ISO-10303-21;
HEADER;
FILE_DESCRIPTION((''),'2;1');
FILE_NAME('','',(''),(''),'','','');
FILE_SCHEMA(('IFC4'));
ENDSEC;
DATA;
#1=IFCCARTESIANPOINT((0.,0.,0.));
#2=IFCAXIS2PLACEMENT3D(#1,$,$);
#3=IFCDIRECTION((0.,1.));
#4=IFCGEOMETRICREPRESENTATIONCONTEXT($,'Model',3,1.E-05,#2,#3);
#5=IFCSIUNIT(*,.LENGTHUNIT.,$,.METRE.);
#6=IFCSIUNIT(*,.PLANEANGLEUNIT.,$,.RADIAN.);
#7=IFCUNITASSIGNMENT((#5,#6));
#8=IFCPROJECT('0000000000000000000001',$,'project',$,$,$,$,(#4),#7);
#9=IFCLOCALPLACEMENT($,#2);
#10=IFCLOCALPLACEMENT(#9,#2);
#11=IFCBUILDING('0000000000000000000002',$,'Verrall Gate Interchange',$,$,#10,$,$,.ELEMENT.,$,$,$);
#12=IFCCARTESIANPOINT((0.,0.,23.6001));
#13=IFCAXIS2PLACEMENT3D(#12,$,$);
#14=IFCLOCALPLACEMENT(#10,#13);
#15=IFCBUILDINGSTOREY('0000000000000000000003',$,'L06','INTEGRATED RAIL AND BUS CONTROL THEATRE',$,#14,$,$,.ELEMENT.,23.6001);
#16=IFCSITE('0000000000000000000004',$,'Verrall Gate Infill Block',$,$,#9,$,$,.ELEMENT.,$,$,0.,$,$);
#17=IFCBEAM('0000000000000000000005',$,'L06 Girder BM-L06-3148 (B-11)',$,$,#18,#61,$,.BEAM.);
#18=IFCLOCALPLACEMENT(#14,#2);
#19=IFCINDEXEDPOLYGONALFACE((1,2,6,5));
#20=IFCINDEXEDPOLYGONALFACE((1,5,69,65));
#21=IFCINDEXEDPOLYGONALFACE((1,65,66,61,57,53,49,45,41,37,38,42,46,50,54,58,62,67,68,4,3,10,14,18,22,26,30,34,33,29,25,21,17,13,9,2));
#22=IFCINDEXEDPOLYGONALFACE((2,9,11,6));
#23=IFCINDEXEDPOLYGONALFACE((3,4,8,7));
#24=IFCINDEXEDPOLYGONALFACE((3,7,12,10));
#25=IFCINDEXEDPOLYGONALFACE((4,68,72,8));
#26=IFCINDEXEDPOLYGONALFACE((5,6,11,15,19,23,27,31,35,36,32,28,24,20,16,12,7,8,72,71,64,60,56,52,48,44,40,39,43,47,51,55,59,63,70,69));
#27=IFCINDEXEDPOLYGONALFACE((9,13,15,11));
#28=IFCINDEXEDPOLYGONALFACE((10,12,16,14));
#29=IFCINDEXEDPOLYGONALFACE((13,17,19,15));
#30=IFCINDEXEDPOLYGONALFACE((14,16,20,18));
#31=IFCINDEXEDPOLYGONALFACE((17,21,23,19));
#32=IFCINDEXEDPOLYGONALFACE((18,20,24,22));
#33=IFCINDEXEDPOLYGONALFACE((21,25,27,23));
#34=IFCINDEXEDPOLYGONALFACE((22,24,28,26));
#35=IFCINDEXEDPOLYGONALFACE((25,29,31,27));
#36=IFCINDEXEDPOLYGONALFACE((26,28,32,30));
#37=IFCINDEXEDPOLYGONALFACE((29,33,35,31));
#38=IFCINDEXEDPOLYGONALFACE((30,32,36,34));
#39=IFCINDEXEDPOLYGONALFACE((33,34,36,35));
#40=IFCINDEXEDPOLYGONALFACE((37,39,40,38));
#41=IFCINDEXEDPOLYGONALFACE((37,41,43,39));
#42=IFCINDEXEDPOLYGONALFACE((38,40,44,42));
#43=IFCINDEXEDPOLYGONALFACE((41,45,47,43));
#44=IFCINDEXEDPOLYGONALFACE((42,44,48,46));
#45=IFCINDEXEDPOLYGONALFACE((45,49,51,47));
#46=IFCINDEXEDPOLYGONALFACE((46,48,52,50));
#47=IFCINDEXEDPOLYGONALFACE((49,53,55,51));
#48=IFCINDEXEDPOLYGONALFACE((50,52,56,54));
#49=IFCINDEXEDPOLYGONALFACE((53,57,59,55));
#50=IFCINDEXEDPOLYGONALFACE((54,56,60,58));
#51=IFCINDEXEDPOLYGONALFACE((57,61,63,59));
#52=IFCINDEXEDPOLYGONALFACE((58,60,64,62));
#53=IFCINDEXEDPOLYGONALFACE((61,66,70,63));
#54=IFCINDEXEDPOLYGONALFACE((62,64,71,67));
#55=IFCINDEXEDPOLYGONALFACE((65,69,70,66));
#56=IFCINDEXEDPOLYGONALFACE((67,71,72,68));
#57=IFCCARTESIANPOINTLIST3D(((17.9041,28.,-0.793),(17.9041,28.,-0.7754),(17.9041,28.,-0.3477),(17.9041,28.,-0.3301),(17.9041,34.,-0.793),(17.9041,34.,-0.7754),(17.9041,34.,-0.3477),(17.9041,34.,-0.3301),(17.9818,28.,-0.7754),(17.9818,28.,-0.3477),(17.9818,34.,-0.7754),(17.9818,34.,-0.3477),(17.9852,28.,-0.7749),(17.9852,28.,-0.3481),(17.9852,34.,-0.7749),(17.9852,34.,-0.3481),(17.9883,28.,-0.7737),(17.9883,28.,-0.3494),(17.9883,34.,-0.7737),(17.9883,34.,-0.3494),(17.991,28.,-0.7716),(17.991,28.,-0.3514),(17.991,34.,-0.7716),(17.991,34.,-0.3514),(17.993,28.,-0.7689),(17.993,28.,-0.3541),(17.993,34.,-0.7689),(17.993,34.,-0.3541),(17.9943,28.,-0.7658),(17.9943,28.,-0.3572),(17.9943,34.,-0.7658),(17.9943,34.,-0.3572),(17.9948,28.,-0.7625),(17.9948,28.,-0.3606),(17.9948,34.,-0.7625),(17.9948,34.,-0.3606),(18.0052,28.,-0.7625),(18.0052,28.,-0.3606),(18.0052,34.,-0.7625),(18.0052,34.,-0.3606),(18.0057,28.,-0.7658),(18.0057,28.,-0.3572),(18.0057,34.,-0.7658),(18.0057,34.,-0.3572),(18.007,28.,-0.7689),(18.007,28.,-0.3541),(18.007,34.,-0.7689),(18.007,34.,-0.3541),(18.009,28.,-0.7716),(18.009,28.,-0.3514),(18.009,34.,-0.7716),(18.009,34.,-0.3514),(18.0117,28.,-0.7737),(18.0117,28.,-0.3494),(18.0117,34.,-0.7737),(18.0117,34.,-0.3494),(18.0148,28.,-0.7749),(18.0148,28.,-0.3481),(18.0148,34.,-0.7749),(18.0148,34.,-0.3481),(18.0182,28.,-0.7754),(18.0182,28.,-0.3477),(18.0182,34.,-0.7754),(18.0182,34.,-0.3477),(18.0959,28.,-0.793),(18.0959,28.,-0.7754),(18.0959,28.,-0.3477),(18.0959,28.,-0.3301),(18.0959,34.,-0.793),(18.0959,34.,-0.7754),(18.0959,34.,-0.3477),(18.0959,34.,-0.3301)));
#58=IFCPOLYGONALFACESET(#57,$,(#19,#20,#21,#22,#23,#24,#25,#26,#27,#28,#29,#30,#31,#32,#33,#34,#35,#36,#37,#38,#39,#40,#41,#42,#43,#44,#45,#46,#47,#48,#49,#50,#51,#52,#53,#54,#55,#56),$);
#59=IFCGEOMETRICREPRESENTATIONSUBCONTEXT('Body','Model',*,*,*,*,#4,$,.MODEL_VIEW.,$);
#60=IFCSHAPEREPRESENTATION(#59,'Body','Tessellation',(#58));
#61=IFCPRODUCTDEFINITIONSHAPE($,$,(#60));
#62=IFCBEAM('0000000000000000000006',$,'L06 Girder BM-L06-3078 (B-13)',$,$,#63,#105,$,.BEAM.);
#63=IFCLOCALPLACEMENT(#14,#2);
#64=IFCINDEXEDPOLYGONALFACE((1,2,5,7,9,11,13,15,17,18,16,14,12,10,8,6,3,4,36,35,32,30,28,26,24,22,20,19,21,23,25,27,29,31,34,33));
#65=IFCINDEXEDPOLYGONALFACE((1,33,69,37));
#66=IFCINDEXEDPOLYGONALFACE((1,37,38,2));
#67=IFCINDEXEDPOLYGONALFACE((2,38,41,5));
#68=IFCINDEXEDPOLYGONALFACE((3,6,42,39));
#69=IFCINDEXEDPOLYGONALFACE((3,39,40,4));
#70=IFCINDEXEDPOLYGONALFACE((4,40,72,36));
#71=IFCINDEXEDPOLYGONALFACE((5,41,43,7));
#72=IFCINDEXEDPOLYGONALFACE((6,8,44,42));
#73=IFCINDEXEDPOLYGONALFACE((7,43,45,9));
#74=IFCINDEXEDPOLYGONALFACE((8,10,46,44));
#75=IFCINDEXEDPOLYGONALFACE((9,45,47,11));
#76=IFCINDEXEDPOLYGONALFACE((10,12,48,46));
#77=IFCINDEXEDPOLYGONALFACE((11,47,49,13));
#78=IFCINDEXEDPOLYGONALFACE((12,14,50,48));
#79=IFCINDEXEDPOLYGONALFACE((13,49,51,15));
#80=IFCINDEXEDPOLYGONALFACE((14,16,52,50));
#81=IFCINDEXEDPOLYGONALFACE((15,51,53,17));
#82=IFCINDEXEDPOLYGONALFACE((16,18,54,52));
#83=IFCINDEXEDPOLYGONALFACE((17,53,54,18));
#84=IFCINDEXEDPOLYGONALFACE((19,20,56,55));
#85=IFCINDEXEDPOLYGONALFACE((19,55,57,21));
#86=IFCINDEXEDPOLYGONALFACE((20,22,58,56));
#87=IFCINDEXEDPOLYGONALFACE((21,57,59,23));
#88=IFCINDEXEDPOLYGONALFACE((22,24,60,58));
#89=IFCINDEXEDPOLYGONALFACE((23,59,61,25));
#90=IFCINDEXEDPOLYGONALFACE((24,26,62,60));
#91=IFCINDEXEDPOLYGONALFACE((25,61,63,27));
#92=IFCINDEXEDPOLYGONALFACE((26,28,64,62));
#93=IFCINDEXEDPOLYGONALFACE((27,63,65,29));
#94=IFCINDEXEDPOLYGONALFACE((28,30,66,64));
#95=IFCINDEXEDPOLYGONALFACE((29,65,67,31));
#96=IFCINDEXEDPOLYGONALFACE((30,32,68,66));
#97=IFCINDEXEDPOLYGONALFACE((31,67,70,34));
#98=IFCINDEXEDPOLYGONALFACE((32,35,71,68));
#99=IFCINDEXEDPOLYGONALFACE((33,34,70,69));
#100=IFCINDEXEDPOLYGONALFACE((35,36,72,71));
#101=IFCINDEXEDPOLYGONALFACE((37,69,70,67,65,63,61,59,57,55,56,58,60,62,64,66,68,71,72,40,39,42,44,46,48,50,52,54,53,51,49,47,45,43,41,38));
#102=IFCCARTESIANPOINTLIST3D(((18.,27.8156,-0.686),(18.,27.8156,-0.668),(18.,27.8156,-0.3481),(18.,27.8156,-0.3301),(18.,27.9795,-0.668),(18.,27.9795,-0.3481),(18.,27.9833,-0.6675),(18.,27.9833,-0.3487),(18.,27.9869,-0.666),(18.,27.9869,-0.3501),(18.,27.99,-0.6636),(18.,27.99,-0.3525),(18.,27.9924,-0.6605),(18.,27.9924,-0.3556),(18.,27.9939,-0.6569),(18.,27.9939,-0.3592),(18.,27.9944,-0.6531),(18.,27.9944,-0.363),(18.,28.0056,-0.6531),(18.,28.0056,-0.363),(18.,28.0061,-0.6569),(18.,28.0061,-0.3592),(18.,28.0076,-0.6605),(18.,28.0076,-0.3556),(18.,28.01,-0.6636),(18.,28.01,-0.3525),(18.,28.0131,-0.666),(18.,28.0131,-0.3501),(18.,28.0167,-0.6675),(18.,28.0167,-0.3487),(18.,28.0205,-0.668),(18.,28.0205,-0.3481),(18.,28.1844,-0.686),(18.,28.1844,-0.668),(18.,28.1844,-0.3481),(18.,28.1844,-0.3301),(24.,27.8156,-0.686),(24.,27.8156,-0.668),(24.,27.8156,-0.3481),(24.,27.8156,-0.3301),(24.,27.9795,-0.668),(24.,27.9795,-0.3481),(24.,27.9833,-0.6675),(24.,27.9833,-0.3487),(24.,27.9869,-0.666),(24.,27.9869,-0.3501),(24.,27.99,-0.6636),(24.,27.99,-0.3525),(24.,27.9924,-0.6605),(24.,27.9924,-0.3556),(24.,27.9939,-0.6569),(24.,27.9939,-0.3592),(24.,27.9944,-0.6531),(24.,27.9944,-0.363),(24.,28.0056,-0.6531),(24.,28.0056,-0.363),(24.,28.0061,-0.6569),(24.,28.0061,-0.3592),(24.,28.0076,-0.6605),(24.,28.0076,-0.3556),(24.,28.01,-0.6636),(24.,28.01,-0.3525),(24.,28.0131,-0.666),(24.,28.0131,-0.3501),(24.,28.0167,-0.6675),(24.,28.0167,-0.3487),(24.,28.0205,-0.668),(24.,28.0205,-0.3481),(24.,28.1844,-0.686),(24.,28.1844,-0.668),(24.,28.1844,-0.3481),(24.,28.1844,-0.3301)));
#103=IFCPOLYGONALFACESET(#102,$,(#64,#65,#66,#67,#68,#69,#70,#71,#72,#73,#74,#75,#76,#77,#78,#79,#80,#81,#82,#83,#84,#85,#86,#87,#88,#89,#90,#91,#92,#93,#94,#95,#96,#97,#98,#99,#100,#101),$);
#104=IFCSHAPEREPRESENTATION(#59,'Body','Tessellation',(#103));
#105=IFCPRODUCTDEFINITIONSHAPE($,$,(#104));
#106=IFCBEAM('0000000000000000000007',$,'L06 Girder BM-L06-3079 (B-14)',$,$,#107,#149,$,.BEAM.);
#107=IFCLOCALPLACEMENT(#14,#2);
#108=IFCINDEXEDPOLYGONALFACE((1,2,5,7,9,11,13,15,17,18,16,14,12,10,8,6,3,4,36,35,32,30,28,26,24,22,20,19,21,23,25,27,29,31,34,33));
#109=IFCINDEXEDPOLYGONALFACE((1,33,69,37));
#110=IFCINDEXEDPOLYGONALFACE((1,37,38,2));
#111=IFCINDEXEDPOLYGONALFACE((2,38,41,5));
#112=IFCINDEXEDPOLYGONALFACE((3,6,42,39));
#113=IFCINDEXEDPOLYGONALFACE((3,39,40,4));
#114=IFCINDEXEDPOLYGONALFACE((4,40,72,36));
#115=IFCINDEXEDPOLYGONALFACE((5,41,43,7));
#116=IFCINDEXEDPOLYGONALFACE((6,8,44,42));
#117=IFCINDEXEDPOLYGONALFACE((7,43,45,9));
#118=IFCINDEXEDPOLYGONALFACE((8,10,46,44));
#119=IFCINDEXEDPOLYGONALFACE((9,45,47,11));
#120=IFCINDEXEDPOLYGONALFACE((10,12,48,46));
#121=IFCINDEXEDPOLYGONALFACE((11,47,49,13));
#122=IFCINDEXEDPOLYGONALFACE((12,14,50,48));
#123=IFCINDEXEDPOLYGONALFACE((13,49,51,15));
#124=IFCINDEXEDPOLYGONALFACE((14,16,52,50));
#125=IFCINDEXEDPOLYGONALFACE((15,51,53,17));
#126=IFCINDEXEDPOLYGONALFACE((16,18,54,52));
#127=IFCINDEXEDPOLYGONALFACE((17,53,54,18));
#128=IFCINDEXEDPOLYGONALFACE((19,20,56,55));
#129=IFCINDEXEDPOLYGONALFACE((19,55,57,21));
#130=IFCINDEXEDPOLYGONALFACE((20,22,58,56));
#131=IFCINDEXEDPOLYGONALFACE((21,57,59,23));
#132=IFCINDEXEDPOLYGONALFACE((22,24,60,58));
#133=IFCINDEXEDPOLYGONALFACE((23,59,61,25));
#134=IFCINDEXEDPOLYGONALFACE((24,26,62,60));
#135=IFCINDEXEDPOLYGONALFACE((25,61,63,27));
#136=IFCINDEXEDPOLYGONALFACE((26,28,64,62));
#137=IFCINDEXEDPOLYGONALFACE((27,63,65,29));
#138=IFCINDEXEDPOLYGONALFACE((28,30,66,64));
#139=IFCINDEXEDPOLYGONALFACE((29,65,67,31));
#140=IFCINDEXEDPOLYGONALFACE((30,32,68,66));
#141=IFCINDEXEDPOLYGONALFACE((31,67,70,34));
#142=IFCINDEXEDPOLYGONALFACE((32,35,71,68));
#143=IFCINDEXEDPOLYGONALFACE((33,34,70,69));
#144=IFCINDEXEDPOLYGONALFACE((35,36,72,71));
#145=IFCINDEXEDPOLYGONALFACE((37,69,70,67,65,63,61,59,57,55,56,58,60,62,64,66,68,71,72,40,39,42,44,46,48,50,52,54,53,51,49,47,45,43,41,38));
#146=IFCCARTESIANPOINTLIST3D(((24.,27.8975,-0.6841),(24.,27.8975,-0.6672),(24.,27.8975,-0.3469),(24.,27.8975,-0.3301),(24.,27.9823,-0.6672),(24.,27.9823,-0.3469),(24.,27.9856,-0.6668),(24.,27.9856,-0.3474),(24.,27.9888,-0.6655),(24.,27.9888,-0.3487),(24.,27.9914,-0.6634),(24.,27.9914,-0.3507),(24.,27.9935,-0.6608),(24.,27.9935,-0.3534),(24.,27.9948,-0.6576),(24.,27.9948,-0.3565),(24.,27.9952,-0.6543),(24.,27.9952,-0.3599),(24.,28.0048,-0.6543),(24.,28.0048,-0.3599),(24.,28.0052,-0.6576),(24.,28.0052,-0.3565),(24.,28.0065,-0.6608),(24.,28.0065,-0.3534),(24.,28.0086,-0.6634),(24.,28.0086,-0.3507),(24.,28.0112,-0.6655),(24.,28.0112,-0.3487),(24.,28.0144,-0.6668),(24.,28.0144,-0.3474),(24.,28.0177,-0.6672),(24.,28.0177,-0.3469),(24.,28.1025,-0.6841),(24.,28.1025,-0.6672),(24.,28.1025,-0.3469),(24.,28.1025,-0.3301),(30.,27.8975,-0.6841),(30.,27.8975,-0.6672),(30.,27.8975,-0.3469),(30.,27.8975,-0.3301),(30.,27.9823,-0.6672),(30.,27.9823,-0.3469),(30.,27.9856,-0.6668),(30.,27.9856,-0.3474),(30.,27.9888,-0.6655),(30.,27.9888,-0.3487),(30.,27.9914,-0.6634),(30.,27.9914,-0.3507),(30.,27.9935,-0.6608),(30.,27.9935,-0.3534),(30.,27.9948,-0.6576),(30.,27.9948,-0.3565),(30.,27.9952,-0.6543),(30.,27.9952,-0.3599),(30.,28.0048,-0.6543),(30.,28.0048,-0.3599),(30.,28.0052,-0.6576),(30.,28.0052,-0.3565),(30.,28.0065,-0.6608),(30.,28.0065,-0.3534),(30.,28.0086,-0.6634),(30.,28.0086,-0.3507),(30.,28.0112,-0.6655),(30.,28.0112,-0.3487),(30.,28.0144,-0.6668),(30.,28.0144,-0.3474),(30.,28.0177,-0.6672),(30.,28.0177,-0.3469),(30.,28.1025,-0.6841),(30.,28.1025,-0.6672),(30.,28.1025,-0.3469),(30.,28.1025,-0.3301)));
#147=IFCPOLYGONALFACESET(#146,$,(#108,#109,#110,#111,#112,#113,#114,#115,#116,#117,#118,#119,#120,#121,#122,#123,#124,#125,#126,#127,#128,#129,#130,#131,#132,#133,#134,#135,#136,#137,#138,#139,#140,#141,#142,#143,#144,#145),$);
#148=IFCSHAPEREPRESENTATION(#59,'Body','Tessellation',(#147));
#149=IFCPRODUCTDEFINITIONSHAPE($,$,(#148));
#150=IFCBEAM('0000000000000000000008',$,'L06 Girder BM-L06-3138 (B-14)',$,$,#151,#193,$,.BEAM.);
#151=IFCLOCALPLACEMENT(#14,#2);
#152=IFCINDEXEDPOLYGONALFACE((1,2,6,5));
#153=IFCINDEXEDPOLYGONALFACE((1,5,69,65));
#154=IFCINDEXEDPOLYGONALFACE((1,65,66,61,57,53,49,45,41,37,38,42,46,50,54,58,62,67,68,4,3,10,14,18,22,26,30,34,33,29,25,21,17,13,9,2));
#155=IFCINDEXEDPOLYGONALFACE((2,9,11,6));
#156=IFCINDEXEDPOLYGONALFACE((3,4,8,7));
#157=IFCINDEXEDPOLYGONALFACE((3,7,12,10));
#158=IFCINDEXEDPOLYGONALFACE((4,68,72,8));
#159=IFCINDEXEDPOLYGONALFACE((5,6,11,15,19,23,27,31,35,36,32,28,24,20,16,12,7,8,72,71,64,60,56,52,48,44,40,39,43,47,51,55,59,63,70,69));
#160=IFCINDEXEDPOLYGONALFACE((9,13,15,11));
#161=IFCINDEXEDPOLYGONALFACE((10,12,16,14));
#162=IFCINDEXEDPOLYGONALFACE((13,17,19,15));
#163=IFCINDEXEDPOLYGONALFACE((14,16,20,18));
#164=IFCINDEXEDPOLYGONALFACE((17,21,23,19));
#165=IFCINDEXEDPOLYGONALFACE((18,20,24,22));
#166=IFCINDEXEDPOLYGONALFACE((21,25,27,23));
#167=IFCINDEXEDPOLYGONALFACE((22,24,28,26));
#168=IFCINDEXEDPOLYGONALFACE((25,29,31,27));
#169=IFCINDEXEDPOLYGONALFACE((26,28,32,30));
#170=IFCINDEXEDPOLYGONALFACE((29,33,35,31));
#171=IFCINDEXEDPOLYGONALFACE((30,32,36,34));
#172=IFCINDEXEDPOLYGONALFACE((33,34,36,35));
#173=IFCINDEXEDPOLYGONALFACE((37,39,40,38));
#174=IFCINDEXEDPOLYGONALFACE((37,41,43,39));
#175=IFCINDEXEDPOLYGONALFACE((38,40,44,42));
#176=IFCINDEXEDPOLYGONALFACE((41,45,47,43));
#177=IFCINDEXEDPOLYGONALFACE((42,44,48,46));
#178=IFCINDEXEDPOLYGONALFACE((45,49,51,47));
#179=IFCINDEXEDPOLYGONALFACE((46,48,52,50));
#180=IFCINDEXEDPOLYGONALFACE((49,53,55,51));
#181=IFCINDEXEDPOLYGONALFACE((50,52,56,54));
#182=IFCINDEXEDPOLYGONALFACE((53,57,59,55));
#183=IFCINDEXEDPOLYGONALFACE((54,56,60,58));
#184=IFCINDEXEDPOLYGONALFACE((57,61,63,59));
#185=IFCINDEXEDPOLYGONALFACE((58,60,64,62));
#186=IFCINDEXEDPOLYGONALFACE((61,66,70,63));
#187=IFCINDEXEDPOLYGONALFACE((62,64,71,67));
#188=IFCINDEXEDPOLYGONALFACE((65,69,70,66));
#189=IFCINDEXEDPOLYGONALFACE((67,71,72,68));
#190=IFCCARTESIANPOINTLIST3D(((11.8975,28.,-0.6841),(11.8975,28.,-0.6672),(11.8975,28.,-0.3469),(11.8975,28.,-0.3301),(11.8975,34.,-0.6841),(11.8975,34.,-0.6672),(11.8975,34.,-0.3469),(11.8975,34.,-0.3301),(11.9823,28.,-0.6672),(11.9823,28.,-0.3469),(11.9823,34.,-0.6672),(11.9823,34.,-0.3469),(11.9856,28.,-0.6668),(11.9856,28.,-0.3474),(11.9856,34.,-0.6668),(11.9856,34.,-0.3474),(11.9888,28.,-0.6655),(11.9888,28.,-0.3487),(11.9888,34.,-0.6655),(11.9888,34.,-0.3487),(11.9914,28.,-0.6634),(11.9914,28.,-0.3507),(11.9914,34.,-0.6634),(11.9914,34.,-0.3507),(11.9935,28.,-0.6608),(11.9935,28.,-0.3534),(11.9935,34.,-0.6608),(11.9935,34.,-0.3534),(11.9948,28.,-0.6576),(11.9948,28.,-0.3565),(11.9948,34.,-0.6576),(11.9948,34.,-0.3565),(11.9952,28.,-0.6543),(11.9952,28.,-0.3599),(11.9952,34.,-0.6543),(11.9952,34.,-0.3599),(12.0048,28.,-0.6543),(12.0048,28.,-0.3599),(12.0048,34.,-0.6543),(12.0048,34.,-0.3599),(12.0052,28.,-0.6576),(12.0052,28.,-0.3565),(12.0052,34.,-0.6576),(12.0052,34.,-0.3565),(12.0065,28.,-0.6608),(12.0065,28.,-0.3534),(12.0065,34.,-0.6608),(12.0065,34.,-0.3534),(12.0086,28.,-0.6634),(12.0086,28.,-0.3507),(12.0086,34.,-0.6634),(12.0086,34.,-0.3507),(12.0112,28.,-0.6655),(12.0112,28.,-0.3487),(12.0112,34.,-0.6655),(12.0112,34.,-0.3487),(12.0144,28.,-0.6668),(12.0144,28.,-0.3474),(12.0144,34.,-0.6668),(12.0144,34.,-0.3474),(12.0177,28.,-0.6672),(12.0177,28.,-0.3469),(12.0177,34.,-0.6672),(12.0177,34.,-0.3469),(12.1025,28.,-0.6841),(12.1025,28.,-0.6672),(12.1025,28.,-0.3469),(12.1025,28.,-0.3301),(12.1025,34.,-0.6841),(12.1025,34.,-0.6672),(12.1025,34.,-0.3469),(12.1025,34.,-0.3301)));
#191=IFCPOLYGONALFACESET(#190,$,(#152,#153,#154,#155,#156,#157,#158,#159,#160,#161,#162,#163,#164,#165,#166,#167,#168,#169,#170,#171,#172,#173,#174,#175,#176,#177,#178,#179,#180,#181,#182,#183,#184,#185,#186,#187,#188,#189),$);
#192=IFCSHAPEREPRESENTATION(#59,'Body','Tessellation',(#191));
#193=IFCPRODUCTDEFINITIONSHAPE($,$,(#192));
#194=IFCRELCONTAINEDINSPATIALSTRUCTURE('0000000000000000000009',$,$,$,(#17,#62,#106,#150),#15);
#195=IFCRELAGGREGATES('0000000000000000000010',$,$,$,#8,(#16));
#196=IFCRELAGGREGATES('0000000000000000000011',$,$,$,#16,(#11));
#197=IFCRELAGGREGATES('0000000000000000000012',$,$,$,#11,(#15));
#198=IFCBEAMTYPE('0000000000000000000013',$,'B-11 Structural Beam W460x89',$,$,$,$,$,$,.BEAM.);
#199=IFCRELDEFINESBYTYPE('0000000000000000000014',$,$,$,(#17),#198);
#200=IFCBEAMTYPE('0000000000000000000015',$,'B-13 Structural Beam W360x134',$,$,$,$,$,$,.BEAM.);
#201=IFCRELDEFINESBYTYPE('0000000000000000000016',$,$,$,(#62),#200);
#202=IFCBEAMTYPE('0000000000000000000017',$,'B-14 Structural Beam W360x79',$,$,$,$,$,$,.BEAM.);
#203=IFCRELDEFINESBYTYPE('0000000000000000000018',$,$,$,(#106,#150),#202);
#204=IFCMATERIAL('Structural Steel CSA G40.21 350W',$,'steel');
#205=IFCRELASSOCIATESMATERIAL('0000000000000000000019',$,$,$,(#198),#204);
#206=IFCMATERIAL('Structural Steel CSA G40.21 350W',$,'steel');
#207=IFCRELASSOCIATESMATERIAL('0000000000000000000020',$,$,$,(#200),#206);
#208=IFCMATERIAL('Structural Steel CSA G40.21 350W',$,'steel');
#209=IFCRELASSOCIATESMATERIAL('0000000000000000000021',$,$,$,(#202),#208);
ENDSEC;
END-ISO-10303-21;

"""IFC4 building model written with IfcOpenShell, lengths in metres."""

from ifc_helpers import new_model, si_unit, direction, frame, origin, origin_2d, place, context, subcontext, project, spatial, i_section, extrude, material, material_profile, profile_set, type_object, element, save


model = new_model("IFC4")

# Units and contexts
model_context = context("Model", 3, precision=1e-05, world=origin(), true_north=direction((0.0, 1.0)))
body_context = subcontext(model_context, "Body", "Model", "MODEL_VIEW")
ifc_project = project(units=[si_unit("LENGTHUNIT", "METRE"), si_unit("PLANEANGLEUNIT", "RADIAN")], contexts=[model_context])

# Site, building, storey
site_placement = place(None, origin())
site = spatial("IfcSite", under=ifc_project, at=site_placement, Name="Verrall Gate Infill Block", CompositionType="ELEMENT", RefElevation=0.0)
building_placement = place(site_placement, origin())
building = spatial("IfcBuilding", under=site, at=building_placement, Name="Verrall Gate Interchange", CompositionType="ELEMENT")
storey_placement = place(building_placement, frame((0.0, 0.0, 23.6001)))
storey = spatial("IfcBuildingStorey", under=building, at=storey_placement, Name="L06", Description="INTEGRATED RAIL AND BUS CONTROL THEATRE", CompositionType="ELEMENT", Elevation=23.6001)

# Beams
ifc_material_1 = material(Name="Structural Steel CSA G40.21 350W", Category="steel")
ifc_material_profile_1 = material_profile(ifc_material_1, i_section(OverallWidth=0.1919, OverallDepth=0.4629, WebThickness=0.0105, FlangeThickness=0.0176, FilletRadius=0.0129, at=origin_2d()), Name="W460x89")
ifc_profile_set_1 = profile_set([ifc_material_profile_1], Name="Structural Steel CSA G40.21 350W")
beam_type_1 = type_object("IfcBeamType", Name="B-11 Structural Beam W460x89", PredefinedType="BEAM", material=ifc_profile_set_1)
beam_1_placement = place(storey_placement, frame((18.0, 28.0, -0.5615), z_axis=(0.0, 1.0, 0.0), x_axis=(-1.0, 0.0, 0.0)))
element("IfcBeam", 1, at=beam_1_placement, inside=storey, type_object=beam_type_1, Name="L06 Girder BM-L06-3148 (B-11)", PredefinedType="BEAM", context=body_context, shape_type="SweptSolid", body=[
    extrude(i_section(OverallWidth=0.1919, OverallDepth=0.4629, WebThickness=0.0105, FlangeThickness=0.0176, FilletRadius=0.0129, at=origin_2d()), origin(), (0.0, 0.0, 1.0), 6.0),
])
ifc_material_2 = material(Name="Structural Steel CSA G40.21 350W", Category="steel")
ifc_material_profile_2 = material_profile(ifc_material_2, i_section(OverallWidth=0.3689, OverallDepth=0.356, WebThickness=0.0112, FlangeThickness=0.0181, FilletRadius=0.0149, at=origin_2d()), Name="W360x134")
ifc_profile_set_2 = profile_set([ifc_material_profile_2], Name="Structural Steel CSA G40.21 350W")
beam_type_2 = type_object("IfcBeamType", Name="B-13 Structural Beam W360x134", PredefinedType="BEAM", material=ifc_profile_set_2)
beam_2_placement = place(storey_placement, frame((18.0, 28.0, -0.5081), z_axis=(1.0, 0.0, 0.0), x_axis=(0.0, 1.0, 0.0)))
element("IfcBeam", 2, at=beam_2_placement, inside=storey, type_object=beam_type_2, Name="L06 Girder BM-L06-3078 (B-13)", PredefinedType="BEAM", context=body_context, shape_type="SweptSolid", body=[
    extrude(i_section(OverallWidth=0.3689, OverallDepth=0.356, WebThickness=0.0112, FlangeThickness=0.0181, FilletRadius=0.0149, at=origin_2d()), origin(), (0.0, 0.0, 1.0), 6.0),
])
ifc_material_3 = material(Name="Structural Steel CSA G40.21 350W", Category="steel")
ifc_material_profile_3 = material_profile(ifc_material_3, i_section(OverallWidth=0.2051, OverallDepth=0.354, WebThickness=0.0095, FlangeThickness=0.0168, FilletRadius=0.0129, at=origin_2d()), Name="W360x79")
ifc_profile_set_3 = profile_set([ifc_material_profile_3], Name="Structural Steel CSA G40.21 350W")
beam_type_3 = type_object("IfcBeamType", Name="B-14 Structural Beam W360x79", PredefinedType="BEAM", material=ifc_profile_set_3)
for number, where, z_axis, x_axis, name in (
    (3, (24.0, 28.0, -0.5071), (1.0, 0.0, 0.0), (0.0, 1.0, 0.0), "L06 Girder BM-L06-3079 (B-14)"),
    (4, (12.0, 28.0, -0.5071), (0.0, 1.0, 0.0), (-1.0, 0.0, 0.0), "L06 Girder BM-L06-3138 (B-14)"),
):
    element("IfcBeam", number, at=place(storey_placement, frame(where, z_axis=z_axis, x_axis=x_axis)), inside=storey, type_object=beam_type_3, Name=name, PredefinedType="BEAM", context=body_context, shape_type="SweptSolid", body=[
        extrude(i_section(OverallWidth=0.2051, OverallDepth=0.354, WebThickness=0.0095, FlangeThickness=0.0168, FilletRadius=0.0129, at=origin_2d()), origin(), (0.0, 0.0, 1.0), 6.0),
    ])

save(model, "model.ifc")
